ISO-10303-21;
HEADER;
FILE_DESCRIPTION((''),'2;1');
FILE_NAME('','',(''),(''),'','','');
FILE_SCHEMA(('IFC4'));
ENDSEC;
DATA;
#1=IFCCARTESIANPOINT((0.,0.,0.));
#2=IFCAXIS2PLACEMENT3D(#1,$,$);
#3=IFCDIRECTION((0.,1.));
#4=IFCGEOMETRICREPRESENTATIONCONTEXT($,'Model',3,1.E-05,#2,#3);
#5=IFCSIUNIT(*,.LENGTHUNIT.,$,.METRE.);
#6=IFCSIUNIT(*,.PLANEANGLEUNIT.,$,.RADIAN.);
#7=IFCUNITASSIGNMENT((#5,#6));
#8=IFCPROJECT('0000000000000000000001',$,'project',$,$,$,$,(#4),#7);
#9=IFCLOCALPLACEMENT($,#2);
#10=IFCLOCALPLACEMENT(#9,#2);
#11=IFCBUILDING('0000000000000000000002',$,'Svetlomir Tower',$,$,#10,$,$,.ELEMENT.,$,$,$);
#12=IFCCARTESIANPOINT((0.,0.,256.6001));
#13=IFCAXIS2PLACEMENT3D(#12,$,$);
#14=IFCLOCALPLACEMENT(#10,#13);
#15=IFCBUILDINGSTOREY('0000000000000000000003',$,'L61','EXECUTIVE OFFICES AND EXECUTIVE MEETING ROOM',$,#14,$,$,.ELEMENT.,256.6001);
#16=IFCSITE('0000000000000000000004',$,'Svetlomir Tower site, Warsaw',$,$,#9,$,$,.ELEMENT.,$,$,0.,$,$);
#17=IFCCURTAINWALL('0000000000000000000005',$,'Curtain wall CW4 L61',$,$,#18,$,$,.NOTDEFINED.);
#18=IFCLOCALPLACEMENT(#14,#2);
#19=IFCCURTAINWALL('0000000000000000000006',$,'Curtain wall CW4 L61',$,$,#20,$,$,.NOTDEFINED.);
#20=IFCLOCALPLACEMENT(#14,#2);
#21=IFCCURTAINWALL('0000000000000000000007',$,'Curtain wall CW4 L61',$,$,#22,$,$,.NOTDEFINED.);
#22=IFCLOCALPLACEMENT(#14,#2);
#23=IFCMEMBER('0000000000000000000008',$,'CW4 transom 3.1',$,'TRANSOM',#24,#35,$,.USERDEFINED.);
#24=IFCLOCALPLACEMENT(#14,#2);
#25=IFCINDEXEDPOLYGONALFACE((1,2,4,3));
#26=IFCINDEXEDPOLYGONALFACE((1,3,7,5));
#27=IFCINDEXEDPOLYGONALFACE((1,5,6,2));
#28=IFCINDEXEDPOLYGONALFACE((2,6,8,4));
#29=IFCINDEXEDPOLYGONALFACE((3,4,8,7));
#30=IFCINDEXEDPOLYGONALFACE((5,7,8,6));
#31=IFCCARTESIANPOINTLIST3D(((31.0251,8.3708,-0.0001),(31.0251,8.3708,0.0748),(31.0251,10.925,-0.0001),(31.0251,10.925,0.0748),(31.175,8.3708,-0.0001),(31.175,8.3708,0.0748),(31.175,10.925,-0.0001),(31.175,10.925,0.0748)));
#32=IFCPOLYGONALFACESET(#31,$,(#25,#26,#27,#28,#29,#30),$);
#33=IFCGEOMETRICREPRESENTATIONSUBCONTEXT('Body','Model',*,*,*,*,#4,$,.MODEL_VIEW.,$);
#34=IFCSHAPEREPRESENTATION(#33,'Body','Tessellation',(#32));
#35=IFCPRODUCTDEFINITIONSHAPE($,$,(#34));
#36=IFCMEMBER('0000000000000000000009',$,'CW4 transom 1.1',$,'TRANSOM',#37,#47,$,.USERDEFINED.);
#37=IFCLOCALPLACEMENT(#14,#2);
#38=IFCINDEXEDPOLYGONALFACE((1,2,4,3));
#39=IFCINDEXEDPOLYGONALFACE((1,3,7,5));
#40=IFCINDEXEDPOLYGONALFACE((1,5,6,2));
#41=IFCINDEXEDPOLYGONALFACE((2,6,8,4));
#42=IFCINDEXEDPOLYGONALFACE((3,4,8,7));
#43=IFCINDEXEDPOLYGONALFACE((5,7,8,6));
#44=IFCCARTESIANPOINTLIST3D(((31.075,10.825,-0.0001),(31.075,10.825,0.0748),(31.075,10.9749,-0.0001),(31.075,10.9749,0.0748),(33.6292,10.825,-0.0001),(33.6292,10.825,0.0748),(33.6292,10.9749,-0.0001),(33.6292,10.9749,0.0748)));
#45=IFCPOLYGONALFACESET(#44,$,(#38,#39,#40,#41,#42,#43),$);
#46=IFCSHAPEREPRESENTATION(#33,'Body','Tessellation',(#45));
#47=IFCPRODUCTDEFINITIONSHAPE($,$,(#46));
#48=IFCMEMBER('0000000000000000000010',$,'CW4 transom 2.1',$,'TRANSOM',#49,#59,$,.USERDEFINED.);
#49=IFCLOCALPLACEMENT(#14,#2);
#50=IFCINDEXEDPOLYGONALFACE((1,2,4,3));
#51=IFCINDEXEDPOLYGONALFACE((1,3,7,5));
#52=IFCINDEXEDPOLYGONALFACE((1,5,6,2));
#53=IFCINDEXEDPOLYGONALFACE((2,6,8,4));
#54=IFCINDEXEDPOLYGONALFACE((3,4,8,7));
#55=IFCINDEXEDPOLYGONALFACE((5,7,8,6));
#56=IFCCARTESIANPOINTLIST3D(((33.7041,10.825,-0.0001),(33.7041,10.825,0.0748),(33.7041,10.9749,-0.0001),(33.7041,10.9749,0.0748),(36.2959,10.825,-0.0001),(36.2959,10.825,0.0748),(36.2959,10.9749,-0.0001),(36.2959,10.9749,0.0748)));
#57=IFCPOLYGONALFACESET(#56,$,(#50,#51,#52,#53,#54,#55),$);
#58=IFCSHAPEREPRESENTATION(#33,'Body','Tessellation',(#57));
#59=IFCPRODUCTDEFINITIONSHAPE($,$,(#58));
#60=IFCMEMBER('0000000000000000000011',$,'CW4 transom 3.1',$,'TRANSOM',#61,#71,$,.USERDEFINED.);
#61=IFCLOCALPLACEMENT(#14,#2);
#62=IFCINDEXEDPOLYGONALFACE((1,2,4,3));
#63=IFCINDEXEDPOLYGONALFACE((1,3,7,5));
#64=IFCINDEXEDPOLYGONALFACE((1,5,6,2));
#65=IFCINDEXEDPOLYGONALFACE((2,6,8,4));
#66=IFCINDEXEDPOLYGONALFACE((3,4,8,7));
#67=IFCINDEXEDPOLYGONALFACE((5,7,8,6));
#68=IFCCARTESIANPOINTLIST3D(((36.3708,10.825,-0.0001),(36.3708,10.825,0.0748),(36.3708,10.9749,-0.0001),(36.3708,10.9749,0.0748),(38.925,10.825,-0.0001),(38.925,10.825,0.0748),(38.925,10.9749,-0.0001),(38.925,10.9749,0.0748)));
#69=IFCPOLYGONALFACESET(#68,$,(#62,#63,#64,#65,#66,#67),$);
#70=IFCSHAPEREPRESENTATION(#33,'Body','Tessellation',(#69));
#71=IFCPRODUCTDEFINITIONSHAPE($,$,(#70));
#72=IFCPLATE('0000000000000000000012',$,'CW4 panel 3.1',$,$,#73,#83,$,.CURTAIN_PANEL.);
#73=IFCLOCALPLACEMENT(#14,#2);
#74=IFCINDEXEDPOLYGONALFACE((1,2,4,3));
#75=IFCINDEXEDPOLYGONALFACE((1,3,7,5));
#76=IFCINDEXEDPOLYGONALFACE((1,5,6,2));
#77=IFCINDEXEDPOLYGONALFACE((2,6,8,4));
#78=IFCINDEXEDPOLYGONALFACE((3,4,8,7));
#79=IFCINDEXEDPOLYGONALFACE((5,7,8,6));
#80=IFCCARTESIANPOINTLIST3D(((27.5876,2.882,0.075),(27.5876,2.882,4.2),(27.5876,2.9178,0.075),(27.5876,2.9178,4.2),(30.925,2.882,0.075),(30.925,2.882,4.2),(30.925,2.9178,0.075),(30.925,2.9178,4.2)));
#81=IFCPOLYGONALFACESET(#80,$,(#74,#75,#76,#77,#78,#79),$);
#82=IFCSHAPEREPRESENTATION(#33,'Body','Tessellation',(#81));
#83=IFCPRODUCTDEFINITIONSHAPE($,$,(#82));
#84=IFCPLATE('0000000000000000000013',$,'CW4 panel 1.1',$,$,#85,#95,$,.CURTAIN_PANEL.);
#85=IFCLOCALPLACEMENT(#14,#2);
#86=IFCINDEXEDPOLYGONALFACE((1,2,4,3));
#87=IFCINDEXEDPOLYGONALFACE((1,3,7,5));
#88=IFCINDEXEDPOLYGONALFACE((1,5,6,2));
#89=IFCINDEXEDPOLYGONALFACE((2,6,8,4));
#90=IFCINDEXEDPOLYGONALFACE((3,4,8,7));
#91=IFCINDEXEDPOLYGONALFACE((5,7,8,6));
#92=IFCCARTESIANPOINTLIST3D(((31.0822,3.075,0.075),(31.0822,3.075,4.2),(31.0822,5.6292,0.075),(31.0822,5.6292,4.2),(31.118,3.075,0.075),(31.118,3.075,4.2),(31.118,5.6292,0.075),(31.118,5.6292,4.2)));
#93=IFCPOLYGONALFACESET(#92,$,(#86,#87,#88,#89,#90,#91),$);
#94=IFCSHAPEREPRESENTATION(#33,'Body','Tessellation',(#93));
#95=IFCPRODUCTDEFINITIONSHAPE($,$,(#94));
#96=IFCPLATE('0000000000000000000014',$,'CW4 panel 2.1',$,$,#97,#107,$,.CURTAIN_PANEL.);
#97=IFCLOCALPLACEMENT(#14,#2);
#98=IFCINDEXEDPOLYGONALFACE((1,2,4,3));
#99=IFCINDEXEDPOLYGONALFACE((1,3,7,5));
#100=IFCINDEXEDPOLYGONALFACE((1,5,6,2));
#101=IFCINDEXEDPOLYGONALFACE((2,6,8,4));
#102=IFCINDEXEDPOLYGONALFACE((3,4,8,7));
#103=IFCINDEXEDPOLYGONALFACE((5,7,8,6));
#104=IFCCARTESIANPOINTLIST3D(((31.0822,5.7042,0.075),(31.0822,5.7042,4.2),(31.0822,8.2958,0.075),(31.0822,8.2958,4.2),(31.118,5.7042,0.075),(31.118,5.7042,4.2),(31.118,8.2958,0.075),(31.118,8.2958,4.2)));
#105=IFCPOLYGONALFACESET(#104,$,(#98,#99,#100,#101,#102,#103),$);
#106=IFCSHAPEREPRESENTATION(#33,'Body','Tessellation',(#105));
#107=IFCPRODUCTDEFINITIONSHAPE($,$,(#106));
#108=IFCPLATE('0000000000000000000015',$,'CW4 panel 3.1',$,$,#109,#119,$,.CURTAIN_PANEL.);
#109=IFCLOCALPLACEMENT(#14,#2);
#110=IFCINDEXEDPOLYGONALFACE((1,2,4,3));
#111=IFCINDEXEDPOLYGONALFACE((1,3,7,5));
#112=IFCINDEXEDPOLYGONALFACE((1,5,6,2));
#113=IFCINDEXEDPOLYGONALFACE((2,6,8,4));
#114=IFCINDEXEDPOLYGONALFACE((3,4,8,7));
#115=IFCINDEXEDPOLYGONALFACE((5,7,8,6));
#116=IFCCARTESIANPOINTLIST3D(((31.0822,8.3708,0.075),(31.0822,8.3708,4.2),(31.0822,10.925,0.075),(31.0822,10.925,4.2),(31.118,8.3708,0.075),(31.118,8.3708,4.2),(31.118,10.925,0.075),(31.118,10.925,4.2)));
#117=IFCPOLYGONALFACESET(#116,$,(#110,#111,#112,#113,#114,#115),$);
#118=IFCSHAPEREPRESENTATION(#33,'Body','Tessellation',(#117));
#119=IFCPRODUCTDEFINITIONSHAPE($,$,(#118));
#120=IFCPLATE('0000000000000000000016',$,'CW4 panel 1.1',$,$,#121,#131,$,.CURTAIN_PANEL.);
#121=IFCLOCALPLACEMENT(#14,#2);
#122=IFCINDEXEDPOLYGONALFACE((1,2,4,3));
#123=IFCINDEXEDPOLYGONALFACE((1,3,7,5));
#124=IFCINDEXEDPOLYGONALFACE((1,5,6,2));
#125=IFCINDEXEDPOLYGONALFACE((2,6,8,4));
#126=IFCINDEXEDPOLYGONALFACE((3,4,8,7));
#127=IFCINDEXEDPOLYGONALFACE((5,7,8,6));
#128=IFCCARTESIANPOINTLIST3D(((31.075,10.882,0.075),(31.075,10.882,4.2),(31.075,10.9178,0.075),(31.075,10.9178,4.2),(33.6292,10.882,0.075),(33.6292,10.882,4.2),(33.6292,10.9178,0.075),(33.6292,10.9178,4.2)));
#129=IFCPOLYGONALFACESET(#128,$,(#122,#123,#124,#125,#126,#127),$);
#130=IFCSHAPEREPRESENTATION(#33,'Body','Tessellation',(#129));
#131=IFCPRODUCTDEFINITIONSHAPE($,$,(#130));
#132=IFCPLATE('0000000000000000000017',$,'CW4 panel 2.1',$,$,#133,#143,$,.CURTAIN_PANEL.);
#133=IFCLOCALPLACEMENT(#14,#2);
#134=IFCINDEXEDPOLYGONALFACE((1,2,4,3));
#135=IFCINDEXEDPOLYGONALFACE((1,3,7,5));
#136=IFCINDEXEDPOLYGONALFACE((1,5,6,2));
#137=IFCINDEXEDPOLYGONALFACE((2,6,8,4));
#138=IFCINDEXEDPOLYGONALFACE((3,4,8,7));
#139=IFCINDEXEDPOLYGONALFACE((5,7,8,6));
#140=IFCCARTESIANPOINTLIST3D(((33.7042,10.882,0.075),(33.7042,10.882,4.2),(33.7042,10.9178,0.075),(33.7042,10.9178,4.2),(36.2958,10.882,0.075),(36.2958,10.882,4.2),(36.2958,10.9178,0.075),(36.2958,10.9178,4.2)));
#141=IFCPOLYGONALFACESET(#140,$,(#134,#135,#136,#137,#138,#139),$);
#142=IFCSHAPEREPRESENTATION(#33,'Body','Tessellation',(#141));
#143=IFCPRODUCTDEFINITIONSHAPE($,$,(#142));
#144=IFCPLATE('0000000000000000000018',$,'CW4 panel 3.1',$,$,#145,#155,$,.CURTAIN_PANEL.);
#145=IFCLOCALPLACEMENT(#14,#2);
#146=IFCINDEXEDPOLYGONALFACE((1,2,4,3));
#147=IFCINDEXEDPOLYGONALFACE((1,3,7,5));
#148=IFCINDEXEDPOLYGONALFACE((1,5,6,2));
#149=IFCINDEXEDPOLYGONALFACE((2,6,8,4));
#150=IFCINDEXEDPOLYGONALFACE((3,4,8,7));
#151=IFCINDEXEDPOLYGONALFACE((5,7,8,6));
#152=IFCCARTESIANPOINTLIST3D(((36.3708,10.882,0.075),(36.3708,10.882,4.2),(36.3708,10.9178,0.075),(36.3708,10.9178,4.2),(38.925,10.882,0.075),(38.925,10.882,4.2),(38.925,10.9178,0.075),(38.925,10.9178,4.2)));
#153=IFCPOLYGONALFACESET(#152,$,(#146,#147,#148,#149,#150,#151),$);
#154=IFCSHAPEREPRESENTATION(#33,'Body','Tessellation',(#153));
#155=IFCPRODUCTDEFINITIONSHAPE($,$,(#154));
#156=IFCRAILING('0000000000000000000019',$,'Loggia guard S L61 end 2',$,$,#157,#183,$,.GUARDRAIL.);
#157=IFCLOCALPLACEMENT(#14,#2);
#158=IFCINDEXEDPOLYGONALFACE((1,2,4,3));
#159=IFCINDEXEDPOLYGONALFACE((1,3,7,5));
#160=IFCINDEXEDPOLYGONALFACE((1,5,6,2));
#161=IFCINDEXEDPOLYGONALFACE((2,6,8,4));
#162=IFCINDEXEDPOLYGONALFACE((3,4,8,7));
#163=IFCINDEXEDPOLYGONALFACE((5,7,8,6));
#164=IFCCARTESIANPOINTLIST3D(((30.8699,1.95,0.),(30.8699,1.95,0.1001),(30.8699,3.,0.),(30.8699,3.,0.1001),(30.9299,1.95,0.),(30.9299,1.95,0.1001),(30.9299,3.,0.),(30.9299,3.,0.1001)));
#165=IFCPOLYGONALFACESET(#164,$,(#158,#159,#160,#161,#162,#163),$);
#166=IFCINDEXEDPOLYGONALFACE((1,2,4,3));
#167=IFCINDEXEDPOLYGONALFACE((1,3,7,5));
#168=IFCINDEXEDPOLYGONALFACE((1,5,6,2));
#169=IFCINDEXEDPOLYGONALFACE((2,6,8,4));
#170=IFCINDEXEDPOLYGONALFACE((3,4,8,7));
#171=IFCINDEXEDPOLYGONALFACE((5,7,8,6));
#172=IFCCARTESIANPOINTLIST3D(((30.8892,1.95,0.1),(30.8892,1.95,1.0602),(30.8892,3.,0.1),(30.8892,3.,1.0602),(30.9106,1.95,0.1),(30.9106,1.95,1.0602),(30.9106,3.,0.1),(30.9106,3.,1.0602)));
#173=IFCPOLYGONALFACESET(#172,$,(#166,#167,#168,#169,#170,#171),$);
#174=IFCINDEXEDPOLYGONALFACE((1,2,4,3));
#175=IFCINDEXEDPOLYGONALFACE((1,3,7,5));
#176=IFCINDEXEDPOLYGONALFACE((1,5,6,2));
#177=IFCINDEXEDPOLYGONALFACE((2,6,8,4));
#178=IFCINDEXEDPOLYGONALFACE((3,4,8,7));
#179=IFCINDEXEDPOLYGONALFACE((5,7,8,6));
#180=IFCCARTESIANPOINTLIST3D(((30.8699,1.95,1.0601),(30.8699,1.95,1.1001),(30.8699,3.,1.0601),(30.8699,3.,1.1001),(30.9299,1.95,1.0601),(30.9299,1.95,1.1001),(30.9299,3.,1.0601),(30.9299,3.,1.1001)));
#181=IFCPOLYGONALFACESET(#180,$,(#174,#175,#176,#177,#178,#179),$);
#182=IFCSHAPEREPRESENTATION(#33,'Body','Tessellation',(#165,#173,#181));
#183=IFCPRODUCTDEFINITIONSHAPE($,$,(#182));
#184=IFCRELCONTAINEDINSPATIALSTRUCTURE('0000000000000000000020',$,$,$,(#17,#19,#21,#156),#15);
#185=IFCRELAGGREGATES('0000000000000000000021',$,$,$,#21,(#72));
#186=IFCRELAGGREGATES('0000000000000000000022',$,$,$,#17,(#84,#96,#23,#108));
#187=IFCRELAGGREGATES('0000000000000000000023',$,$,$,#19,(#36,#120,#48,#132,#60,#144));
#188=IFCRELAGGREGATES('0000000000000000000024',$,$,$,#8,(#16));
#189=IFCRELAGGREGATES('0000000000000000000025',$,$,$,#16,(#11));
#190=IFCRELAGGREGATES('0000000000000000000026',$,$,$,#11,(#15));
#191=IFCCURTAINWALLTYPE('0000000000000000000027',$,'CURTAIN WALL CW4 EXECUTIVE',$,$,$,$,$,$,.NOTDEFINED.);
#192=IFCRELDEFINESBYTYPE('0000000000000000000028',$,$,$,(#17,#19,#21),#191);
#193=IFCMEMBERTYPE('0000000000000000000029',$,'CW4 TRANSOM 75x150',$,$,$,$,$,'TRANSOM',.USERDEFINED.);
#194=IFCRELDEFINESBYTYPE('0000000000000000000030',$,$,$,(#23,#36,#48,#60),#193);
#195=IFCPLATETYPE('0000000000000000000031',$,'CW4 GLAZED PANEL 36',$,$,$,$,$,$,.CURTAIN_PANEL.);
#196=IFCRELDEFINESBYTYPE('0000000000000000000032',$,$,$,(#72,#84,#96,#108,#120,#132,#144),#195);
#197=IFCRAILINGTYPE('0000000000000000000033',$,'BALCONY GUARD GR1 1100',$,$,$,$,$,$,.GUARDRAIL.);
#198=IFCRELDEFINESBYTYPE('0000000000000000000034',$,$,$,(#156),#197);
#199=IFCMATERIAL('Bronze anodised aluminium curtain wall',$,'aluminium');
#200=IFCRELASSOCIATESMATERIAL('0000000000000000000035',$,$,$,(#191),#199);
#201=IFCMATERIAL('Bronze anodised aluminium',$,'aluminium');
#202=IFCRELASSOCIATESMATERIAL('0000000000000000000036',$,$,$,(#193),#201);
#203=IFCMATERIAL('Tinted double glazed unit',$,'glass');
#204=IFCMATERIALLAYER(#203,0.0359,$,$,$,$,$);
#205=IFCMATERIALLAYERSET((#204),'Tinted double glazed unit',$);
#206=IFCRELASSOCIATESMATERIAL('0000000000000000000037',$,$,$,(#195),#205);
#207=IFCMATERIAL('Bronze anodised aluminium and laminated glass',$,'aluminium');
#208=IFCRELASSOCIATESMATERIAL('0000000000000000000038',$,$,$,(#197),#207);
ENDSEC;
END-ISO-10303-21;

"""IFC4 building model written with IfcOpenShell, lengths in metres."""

from ifc_helpers import new_model, si_unit, direction, frame, origin, origin_2d, place, context, subcontext, project, spatial, rectangle, extrude, material, layer, layer_set, material_profile, profile_set, type_object, element, aggregate, save


model = new_model("IFC4")

# Units and contexts
model_context = context("Model", 3, precision=1e-05, world=origin(), true_north=direction((0.0, 1.0)))
body_context = subcontext(model_context, "Body", "Model", "MODEL_VIEW")
ifc_project = project(units=[si_unit("LENGTHUNIT", "METRE"), si_unit("PLANEANGLEUNIT", "RADIAN")], contexts=[model_context])

# Site, building, storey
site_placement = place(None, origin())
site = spatial("IfcSite", under=ifc_project, at=site_placement, Name="Svetlomir Tower site, Warsaw", CompositionType="ELEMENT", RefElevation=0.0)
building_placement = place(site_placement, origin())
building = spatial("IfcBuilding", under=site, at=building_placement, Name="Svetlomir Tower", CompositionType="ELEMENT")
storey_placement = place(building_placement, frame((0.0, 0.0, 256.6001)))
storey = spatial("IfcBuildingStorey", under=building, at=storey_placement, Name="L61", Description="EXECUTIVE OFFICES AND EXECUTIVE MEETING ROOM", CompositionType="ELEMENT", Elevation=256.6001)

# Curtain walls
ifc_material_1 = material(Name="Bronze anodised aluminium curtain wall", Category="aluminium")
curtain_wall_type = type_object("IfcCurtainWallType", Name="CURTAIN WALL CW4 EXECUTIVE", PredefinedType="NOTDEFINED", material=ifc_material_1)
curtain_wall_1_placement = place(storey_placement, origin())
curtain_wall_1 = element("IfcCurtainWall", 1, at=curtain_wall_1_placement, inside=storey, type_object=curtain_wall_type, Name="Curtain wall CW4 L61", PredefinedType="NOTDEFINED")
curtain_wall_2_placement = place(storey_placement, origin())
curtain_wall_2 = element("IfcCurtainWall", 2, at=curtain_wall_2_placement, inside=storey, type_object=curtain_wall_type, Name="Curtain wall CW4 L61", PredefinedType="NOTDEFINED")
curtain_wall_3_placement = place(storey_placement, origin())
curtain_wall_3 = element("IfcCurtainWall", 3, at=curtain_wall_3_placement, inside=storey, type_object=curtain_wall_type, Name="Curtain wall CW4 L61", PredefinedType="NOTDEFINED")

# Members
ifc_material_2 = material(Name="Bronze anodised aluminium", Category="aluminium")
ifc_material_profile_1 = material_profile(ifc_material_2, rectangle(XDim=0.1499, YDim=0.075, at=origin_2d()), Name="AL 150x75")
ifc_profile_set_1 = profile_set([ifc_material_profile_1], Name="Bronze anodised aluminium 6063-T6")
member_type_1 = type_object("IfcMemberType", Name="CW4 TRANSOM 75x150", ElementType="TRANSOM", PredefinedType="USERDEFINED", material=ifc_profile_set_1)
member_1_placement = place(storey_placement, frame((31.1001, 8.3708, 0.0374), z_axis=(0.0, 1.0, 0.0), x_axis=(-1.0, 0.0, 0.0)))
member_1 = element("IfcMember", 4, at=member_1_placement, type_object=member_type_1, Name="CW4 transom 3.1", ObjectType="TRANSOM", PredefinedType="USERDEFINED", context=body_context, shape_type="SweptSolid", body=[
    extrude(rectangle(XDim=0.1499, YDim=0.075, at=origin_2d()), origin(), (0.0, 0.0, 1.0), 2.5542),
])
member_2_placement = place(storey_placement, frame((31.075, 10.8999, 0.0374), z_axis=(1.0, 0.0, 0.0), x_axis=(0.0, 1.0, 0.0)))
member_2 = element("IfcMember", 5, at=member_2_placement, type_object=member_type_1, Name="CW4 transom 1.1", ObjectType="TRANSOM", PredefinedType="USERDEFINED", context=body_context, shape_type="SweptSolid", body=[
    extrude(rectangle(XDim=0.1499, YDim=0.075, at=origin_2d()), origin(), (0.0, 0.0, 1.0), 2.5542),
])
member_3_placement = place(storey_placement, frame((33.7041, 10.8999, 0.0374), z_axis=(1.0, 0.0, 0.0), x_axis=(0.0, 1.0, 0.0)))
member_3 = element("IfcMember", 6, at=member_3_placement, type_object=member_type_1, Name="CW4 transom 2.1", ObjectType="TRANSOM", PredefinedType="USERDEFINED", context=body_context, shape_type="SweptSolid", body=[
    extrude(rectangle(XDim=0.1499, YDim=0.075, at=origin_2d()), origin(), (0.0, 0.0, 1.0), 2.5918),
])
member_4_placement = place(storey_placement, frame((36.3708, 10.8999, 0.0374), z_axis=(1.0, 0.0, 0.0), x_axis=(0.0, 1.0, 0.0)))
member_4 = element("IfcMember", 7, at=member_4_placement, type_object=member_type_1, Name="CW4 transom 3.1", ObjectType="TRANSOM", PredefinedType="USERDEFINED", context=body_context, shape_type="SweptSolid", body=[
    extrude(rectangle(XDim=0.1499, YDim=0.075, at=origin_2d()), origin(), (0.0, 0.0, 1.0), 2.5542),
])

# Plates
ifc_material_3 = material(Name="Tinted double glazed unit", Category="glass")
ifc_layer = layer(ifc_material_3, 0.0359)
ifc_layer_set = layer_set([ifc_layer], Name="Tinted double glazed unit")
plate_type = type_object("IfcPlateType", Name="CW4 GLAZED PANEL 36", PredefinedType="CURTAIN_PANEL", material=ifc_layer_set)
plate_1_placement = place(storey_placement, frame((29.2563, 2.8999, 0.075), z_axis=(0.0, 0.0, 1.0), x_axis=(1.0, 0.0, 0.0)))
plate_1 = element("IfcPlate", 8, at=plate_1_placement, type_object=plate_type, Name="CW4 panel 3.1", PredefinedType="CURTAIN_PANEL", context=body_context, shape_type="SweptSolid", body=[
    extrude(rectangle(XDim=3.3374, YDim=0.0359, at=origin_2d()), origin(), (0.0, 0.0, 1.0), 4.125),
])
aggregate(curtain_wall_3, [plate_1])
plate_2_placement = place(storey_placement, frame((31.1001, 4.3521, 0.075), z_axis=(0.0, 0.0, 1.0), x_axis=(0.0, 1.0, 0.0)))
plate_2 = element("IfcPlate", 9, at=plate_2_placement, type_object=plate_type, Name="CW4 panel 1.1", PredefinedType="CURTAIN_PANEL", context=body_context, shape_type="SweptSolid", body=[
    extrude(rectangle(XDim=2.5542, YDim=0.0359, at=origin_2d()), origin(), (0.0, 0.0, 1.0), 4.125),
])
plate_3_placement = place(storey_placement, frame((31.1001, 7.0, 0.075), z_axis=(0.0, 0.0, 1.0), x_axis=(0.0, 1.0, 0.0)))
plate_3 = element("IfcPlate", 10, at=plate_3_placement, type_object=plate_type, Name="CW4 panel 2.1", PredefinedType="CURTAIN_PANEL", context=body_context, shape_type="SweptSolid", body=[
    extrude(rectangle(XDim=2.5916, YDim=0.0359, at=origin_2d()), origin(), (0.0, 0.0, 1.0), 4.125),
])
plate_4_placement = place(storey_placement, frame((31.1001, 9.6479, 0.075), z_axis=(0.0, 0.0, 1.0), x_axis=(0.0, 1.0, 0.0)))
plate_4 = element("IfcPlate", 11, at=plate_4_placement, type_object=plate_type, Name="CW4 panel 3.1", PredefinedType="CURTAIN_PANEL", context=body_context, shape_type="SweptSolid", body=[
    extrude(rectangle(XDim=2.5542, YDim=0.0359, at=origin_2d()), origin(), (0.0, 0.0, 1.0), 4.125),
])
aggregate(curtain_wall_1, [plate_2, plate_3, member_1, plate_4])
plate_5_placement = place(storey_placement, frame((32.3521, 10.8999, 0.075), z_axis=(0.0, 0.0, 1.0), x_axis=(1.0, 0.0, 0.0)))
plate_5 = element("IfcPlate", 12, at=plate_5_placement, type_object=plate_type, Name="CW4 panel 1.1", PredefinedType="CURTAIN_PANEL", context=body_context, shape_type="SweptSolid", body=[
    extrude(rectangle(XDim=2.5542, YDim=0.0359, at=origin_2d()), origin(), (0.0, 0.0, 1.0), 4.125),
])
plate_6_placement = place(storey_placement, frame((35.0, 10.8999, 0.075), z_axis=(0.0, 0.0, 1.0), x_axis=(1.0, 0.0, 0.0)))
plate_6 = element("IfcPlate", 13, at=plate_6_placement, type_object=plate_type, Name="CW4 panel 2.1", PredefinedType="CURTAIN_PANEL", context=body_context, shape_type="SweptSolid", body=[
    extrude(rectangle(XDim=2.5916, YDim=0.0359, at=origin_2d()), origin(), (0.0, 0.0, 1.0), 4.125),
])
plate_7_placement = place(storey_placement, frame((37.6479, 10.8999, 0.075), z_axis=(0.0, 0.0, 1.0), x_axis=(1.0, 0.0, 0.0)))
plate_7 = element("IfcPlate", 14, at=plate_7_placement, type_object=plate_type, Name="CW4 panel 3.1", PredefinedType="CURTAIN_PANEL", context=body_context, shape_type="SweptSolid", body=[
    extrude(rectangle(XDim=2.5542, YDim=0.0359, at=origin_2d()), origin(), (0.0, 0.0, 1.0), 4.125),
])
aggregate(curtain_wall_2, [member_2, plate_5, member_3, plate_6, member_4, plate_7])

# Railing
ifc_material_4 = material(Name="Bronze anodised aluminium and laminated glass", Category="aluminium")
railing_type = type_object("IfcRailingType", Name="BALCONY GUARD GR1 1100", PredefinedType="GUARDRAIL", material=ifc_material_4)
railing_placement = place(storey_placement, frame((30.8999, 1.95, 0.0)))
element("IfcRailing", 15, at=railing_placement, inside=storey, type_object=railing_type, Name="Loggia guard S L61 end 2", PredefinedType="GUARDRAIL", context=body_context, shape_type="SweptSolid", body=[
    extrude(rectangle(XDim=0.0601, YDim=0.1001, at=origin_2d()), frame((0.0, 0.0, 0.05), z_axis=(0.0, 1.0, 0.0), x_axis=(-1.0, 0.0, 0.0)), (0.0, 0.0, 1.0), 1.05),
    extrude(rectangle(XDim=0.0215, YDim=0.9602, at=origin_2d()), frame((0.0, 0.0, 0.5801), z_axis=(0.0, 1.0, 0.0), x_axis=(-1.0, 0.0, 0.0)), (0.0, 0.0, 1.0), 1.05),
    extrude(rectangle(XDim=0.0601, YDim=0.04, at=origin_2d()), frame((0.0, 0.0, 1.0801), z_axis=(0.0, 1.0, 0.0), x_axis=(-1.0, 0.0, 0.0)), (0.0, 0.0, 1.0), 1.05),
])

save(model, "model.ifc")
